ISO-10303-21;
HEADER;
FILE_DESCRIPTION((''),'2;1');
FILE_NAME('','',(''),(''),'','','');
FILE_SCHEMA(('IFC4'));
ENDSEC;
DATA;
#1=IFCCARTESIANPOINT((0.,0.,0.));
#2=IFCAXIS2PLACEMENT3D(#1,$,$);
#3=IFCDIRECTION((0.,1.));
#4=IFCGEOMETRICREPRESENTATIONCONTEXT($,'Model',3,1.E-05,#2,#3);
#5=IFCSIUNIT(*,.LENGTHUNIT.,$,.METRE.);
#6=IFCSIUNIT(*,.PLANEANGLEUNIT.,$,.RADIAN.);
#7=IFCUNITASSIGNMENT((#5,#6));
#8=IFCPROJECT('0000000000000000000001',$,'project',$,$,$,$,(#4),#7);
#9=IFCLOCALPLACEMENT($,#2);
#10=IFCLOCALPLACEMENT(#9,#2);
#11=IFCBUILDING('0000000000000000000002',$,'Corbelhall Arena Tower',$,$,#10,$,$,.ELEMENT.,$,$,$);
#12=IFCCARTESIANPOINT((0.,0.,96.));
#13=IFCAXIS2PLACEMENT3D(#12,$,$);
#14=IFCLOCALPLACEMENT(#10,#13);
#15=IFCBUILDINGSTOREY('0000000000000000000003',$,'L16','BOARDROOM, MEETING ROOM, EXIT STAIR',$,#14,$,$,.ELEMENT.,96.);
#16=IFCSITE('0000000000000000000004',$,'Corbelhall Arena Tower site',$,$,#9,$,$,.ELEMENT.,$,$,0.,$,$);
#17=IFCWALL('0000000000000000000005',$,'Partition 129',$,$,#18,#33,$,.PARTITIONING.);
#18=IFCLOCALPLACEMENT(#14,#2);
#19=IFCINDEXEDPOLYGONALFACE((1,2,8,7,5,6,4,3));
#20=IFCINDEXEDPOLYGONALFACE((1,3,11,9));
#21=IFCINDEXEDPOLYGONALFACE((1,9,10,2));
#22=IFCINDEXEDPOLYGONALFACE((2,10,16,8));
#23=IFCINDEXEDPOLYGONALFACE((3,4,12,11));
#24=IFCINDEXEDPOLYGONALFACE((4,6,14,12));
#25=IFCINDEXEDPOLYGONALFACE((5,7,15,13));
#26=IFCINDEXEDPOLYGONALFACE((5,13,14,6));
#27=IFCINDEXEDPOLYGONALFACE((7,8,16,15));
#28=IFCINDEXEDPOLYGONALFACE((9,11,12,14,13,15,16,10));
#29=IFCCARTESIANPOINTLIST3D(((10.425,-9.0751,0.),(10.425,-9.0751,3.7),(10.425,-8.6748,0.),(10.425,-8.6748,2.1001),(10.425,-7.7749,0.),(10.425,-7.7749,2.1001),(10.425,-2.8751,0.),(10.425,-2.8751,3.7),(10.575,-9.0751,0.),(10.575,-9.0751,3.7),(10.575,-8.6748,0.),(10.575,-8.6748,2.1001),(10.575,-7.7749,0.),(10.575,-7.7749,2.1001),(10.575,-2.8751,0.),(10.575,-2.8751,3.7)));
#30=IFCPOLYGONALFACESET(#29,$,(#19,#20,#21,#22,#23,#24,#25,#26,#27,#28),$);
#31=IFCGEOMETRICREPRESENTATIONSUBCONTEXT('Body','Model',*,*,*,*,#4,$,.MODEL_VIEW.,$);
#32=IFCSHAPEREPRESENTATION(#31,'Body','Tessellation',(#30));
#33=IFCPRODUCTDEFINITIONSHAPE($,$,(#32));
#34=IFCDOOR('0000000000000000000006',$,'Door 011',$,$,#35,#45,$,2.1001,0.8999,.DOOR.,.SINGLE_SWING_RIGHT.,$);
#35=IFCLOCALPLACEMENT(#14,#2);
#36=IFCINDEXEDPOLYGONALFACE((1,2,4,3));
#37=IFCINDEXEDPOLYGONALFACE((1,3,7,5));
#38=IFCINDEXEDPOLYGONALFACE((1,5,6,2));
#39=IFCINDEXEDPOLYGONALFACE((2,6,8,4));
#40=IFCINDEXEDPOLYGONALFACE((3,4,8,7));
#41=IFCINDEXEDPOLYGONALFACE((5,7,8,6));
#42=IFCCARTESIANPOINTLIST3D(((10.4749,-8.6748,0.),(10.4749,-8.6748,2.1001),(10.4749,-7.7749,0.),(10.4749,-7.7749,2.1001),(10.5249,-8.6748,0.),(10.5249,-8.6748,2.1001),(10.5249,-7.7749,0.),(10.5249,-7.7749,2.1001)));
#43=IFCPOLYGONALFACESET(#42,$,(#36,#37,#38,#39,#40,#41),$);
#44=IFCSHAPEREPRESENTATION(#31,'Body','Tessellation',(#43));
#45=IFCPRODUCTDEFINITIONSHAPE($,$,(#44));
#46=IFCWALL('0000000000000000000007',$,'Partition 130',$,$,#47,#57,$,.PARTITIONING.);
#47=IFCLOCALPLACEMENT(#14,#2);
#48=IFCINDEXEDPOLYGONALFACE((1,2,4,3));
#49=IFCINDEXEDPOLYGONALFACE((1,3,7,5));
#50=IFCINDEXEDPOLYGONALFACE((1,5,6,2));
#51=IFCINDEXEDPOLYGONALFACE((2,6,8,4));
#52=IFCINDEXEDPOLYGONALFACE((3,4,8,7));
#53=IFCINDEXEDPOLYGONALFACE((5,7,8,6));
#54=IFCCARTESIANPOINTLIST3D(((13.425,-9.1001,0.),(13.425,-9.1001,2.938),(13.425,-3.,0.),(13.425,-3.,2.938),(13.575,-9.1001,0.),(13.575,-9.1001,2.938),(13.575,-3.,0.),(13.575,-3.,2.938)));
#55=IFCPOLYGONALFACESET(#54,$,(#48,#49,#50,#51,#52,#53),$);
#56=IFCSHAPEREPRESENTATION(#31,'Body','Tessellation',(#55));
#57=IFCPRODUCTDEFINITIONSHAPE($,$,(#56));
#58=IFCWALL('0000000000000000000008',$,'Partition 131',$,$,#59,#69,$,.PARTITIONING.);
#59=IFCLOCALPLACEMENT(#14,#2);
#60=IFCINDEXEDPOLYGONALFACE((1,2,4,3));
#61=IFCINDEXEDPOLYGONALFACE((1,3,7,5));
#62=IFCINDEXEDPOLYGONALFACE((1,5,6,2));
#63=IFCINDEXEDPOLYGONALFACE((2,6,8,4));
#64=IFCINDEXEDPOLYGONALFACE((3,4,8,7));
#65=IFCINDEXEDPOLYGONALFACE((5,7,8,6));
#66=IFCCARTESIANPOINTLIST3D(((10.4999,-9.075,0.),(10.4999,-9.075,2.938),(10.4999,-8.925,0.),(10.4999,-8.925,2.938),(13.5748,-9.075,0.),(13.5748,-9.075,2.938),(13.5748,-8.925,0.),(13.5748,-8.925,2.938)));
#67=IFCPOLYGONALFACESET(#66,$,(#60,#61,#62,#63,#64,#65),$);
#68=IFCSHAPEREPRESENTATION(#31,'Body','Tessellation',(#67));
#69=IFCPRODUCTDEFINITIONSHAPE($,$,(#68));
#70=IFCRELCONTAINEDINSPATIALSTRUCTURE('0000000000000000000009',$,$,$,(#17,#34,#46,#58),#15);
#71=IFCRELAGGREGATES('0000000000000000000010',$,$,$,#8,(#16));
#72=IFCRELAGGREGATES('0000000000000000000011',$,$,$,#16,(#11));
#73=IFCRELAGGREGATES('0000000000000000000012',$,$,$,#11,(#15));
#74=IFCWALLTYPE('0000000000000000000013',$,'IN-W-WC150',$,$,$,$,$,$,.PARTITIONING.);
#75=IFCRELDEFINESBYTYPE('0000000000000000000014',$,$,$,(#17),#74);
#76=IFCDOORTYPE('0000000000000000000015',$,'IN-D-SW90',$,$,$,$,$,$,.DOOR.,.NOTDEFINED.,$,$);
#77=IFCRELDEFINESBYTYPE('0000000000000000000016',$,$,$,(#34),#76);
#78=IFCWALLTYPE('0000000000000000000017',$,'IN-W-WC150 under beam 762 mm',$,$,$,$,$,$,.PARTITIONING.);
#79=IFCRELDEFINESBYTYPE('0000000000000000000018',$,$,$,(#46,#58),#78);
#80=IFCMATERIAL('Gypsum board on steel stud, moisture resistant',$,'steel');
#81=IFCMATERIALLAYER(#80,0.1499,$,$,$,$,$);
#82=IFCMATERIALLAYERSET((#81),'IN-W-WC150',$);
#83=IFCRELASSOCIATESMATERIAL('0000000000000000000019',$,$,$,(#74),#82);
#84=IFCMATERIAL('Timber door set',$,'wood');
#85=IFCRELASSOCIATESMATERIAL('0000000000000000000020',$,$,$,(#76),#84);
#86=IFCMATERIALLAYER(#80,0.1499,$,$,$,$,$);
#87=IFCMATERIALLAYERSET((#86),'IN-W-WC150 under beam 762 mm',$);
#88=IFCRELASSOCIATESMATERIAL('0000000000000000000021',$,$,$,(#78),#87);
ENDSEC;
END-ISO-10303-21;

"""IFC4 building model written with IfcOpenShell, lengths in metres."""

from ifc_helpers import new_model, si_unit, direction, frame, frame_2d, origin, place, context, subcontext, project, spatial, rectangle, extrude, material, layer, layer_set, type_object, element, fill, save


model = new_model("IFC4")

# Units and contexts
model_context = context("Model", 3, precision=1e-05, world=origin(), true_north=direction((0.0, 1.0)))
body_context = subcontext(model_context, "Body", "Model", "MODEL_VIEW")
ifc_project = project(units=[si_unit("LENGTHUNIT", "METRE"), si_unit("PLANEANGLEUNIT", "RADIAN")], contexts=[model_context])

# Site, building, storey
site_placement = place(None, origin())
site = spatial("IfcSite", under=ifc_project, at=site_placement, Name="Corbelhall Arena Tower site", CompositionType="ELEMENT", RefElevation=0.0)
building_placement = place(site_placement, origin())
building = spatial("IfcBuilding", under=site, at=building_placement, Name="Corbelhall Arena Tower", CompositionType="ELEMENT")
storey_placement = place(building_placement, frame((0.0, 0.0, 96.0)))
storey = spatial("IfcBuildingStorey", under=building, at=storey_placement, Name="L16", Description="BOARDROOM, MEETING ROOM, EXIT STAIR", CompositionType="ELEMENT", Elevation=96.0)

# Wall, opening, door
ifc_material_1 = material(Name="Gypsum board on steel stud, moisture resistant", Category="steel")
ifc_layer_1 = layer(ifc_material_1, 0.1499)
ifc_layer_set_1 = layer_set([ifc_layer_1], Name="IN-W-WC150")
wall_type_1 = type_object("IfcWallType", Name="IN-W-WC150", PredefinedType="PARTITIONING", material=ifc_layer_set_1)
wall_1_placement = place(storey_placement, frame((10.5, -2.875, 0.0), z_axis=(0.0, 0.0, 1.0), x_axis=(0.0, -1.0, 0.0)))
wall_1 = element("IfcWall", 1, at=wall_1_placement, inside=storey, type_object=wall_type_1, Name="Partition 129", PredefinedType="PARTITIONING", context=body_context, shape_type="SweptSolid", body=[
    extrude(rectangle(XDim=6.2, YDim=0.1499, at=frame_2d((3.1001, 0.0))), origin(), (0.0, 0.0, 1.0), 3.7),
])
opening_1_placement = place(wall_1_placement, frame((4.8999, 0.0, 0.0)))
opening_1 = element("IfcOpeningElement", 2, at=opening_1_placement, cuts=wall_1, PredefinedType="OPENING", context=body_context, shape_type="SweptSolid", body=[
    extrude(rectangle(XDim=0.8999, YDim=2.1001, at=frame_2d((0.45, 1.05))), frame((0.0, 0.075, 0.0), z_axis=(0.0, -1.0, 0.0), x_axis=(1.0, 0.0, 0.0)), (0.0, 0.0, 1.0), 0.1499),
])
ifc_material_2 = material(Name="Timber door set", Category="wood")
door_type_1 = type_object("IfcDoorType", Name="IN-D-SW90", OperationType="NOTDEFINED", PredefinedType="DOOR", material=ifc_material_2)
door_1_placement = place(opening_1_placement, origin())
door_1 = element("IfcDoor", 3, at=door_1_placement, inside=storey, type_object=door_type_1, Name="Door 011", OperationType="SINGLE_SWING_RIGHT", OverallHeight=2.1001, OverallWidth=0.8999, PredefinedType="DOOR", context=body_context, shape_type="SweptSolid", body=[
    extrude(rectangle(XDim=0.8999, YDim=2.1001, at=frame_2d((0.45, 1.05))), frame((0.0, 0.0249, 0.0), z_axis=(0.0, -1.0, 0.0), x_axis=(1.0, 0.0, 0.0)), (0.0, 0.0, 1.0), 0.05),
])
fill(opening_1, door_1)

# Walls
ifc_layer_2 = layer(ifc_material_1, 0.1499)
ifc_layer_set_2 = layer_set([ifc_layer_2], Name="IN-W-WC150 under beam 762 mm")
wall_type_2 = type_object("IfcWallType", Name="IN-W-WC150 under beam 762 mm", PredefinedType="PARTITIONING", material=ifc_layer_set_2)
wall_2_placement = place(storey_placement, frame((13.5, -3.0, 0.0), z_axis=(0.0, 0.0, 1.0), x_axis=(0.0, -1.0, 0.0)))
element("IfcWall", 4, at=wall_2_placement, inside=storey, type_object=wall_type_2, Name="Partition 130", PredefinedType="PARTITIONING", context=body_context, shape_type="SweptSolid", body=[
    extrude(rectangle(XDim=6.1001, YDim=0.1499, at=frame_2d((3.05, 0.0))), origin(), (0.0, 0.0, 1.0), 2.938),
])
wall_3_placement = place(storey_placement, frame((13.575, -9.0, 0.0), z_axis=(0.0, 0.0, 1.0), x_axis=(-1.0, 0.0, 0.0)))
element("IfcWall", 5, at=wall_3_placement, inside=storey, type_object=wall_type_2, Name="Partition 131", PredefinedType="PARTITIONING", context=body_context, shape_type="SweptSolid", body=[
    extrude(rectangle(XDim=3.075, YDim=0.1499, at=frame_2d((1.5376, 0.0))), origin(), (0.0, 0.0, 1.0), 2.938),
])

save(model, "model.ifc")
